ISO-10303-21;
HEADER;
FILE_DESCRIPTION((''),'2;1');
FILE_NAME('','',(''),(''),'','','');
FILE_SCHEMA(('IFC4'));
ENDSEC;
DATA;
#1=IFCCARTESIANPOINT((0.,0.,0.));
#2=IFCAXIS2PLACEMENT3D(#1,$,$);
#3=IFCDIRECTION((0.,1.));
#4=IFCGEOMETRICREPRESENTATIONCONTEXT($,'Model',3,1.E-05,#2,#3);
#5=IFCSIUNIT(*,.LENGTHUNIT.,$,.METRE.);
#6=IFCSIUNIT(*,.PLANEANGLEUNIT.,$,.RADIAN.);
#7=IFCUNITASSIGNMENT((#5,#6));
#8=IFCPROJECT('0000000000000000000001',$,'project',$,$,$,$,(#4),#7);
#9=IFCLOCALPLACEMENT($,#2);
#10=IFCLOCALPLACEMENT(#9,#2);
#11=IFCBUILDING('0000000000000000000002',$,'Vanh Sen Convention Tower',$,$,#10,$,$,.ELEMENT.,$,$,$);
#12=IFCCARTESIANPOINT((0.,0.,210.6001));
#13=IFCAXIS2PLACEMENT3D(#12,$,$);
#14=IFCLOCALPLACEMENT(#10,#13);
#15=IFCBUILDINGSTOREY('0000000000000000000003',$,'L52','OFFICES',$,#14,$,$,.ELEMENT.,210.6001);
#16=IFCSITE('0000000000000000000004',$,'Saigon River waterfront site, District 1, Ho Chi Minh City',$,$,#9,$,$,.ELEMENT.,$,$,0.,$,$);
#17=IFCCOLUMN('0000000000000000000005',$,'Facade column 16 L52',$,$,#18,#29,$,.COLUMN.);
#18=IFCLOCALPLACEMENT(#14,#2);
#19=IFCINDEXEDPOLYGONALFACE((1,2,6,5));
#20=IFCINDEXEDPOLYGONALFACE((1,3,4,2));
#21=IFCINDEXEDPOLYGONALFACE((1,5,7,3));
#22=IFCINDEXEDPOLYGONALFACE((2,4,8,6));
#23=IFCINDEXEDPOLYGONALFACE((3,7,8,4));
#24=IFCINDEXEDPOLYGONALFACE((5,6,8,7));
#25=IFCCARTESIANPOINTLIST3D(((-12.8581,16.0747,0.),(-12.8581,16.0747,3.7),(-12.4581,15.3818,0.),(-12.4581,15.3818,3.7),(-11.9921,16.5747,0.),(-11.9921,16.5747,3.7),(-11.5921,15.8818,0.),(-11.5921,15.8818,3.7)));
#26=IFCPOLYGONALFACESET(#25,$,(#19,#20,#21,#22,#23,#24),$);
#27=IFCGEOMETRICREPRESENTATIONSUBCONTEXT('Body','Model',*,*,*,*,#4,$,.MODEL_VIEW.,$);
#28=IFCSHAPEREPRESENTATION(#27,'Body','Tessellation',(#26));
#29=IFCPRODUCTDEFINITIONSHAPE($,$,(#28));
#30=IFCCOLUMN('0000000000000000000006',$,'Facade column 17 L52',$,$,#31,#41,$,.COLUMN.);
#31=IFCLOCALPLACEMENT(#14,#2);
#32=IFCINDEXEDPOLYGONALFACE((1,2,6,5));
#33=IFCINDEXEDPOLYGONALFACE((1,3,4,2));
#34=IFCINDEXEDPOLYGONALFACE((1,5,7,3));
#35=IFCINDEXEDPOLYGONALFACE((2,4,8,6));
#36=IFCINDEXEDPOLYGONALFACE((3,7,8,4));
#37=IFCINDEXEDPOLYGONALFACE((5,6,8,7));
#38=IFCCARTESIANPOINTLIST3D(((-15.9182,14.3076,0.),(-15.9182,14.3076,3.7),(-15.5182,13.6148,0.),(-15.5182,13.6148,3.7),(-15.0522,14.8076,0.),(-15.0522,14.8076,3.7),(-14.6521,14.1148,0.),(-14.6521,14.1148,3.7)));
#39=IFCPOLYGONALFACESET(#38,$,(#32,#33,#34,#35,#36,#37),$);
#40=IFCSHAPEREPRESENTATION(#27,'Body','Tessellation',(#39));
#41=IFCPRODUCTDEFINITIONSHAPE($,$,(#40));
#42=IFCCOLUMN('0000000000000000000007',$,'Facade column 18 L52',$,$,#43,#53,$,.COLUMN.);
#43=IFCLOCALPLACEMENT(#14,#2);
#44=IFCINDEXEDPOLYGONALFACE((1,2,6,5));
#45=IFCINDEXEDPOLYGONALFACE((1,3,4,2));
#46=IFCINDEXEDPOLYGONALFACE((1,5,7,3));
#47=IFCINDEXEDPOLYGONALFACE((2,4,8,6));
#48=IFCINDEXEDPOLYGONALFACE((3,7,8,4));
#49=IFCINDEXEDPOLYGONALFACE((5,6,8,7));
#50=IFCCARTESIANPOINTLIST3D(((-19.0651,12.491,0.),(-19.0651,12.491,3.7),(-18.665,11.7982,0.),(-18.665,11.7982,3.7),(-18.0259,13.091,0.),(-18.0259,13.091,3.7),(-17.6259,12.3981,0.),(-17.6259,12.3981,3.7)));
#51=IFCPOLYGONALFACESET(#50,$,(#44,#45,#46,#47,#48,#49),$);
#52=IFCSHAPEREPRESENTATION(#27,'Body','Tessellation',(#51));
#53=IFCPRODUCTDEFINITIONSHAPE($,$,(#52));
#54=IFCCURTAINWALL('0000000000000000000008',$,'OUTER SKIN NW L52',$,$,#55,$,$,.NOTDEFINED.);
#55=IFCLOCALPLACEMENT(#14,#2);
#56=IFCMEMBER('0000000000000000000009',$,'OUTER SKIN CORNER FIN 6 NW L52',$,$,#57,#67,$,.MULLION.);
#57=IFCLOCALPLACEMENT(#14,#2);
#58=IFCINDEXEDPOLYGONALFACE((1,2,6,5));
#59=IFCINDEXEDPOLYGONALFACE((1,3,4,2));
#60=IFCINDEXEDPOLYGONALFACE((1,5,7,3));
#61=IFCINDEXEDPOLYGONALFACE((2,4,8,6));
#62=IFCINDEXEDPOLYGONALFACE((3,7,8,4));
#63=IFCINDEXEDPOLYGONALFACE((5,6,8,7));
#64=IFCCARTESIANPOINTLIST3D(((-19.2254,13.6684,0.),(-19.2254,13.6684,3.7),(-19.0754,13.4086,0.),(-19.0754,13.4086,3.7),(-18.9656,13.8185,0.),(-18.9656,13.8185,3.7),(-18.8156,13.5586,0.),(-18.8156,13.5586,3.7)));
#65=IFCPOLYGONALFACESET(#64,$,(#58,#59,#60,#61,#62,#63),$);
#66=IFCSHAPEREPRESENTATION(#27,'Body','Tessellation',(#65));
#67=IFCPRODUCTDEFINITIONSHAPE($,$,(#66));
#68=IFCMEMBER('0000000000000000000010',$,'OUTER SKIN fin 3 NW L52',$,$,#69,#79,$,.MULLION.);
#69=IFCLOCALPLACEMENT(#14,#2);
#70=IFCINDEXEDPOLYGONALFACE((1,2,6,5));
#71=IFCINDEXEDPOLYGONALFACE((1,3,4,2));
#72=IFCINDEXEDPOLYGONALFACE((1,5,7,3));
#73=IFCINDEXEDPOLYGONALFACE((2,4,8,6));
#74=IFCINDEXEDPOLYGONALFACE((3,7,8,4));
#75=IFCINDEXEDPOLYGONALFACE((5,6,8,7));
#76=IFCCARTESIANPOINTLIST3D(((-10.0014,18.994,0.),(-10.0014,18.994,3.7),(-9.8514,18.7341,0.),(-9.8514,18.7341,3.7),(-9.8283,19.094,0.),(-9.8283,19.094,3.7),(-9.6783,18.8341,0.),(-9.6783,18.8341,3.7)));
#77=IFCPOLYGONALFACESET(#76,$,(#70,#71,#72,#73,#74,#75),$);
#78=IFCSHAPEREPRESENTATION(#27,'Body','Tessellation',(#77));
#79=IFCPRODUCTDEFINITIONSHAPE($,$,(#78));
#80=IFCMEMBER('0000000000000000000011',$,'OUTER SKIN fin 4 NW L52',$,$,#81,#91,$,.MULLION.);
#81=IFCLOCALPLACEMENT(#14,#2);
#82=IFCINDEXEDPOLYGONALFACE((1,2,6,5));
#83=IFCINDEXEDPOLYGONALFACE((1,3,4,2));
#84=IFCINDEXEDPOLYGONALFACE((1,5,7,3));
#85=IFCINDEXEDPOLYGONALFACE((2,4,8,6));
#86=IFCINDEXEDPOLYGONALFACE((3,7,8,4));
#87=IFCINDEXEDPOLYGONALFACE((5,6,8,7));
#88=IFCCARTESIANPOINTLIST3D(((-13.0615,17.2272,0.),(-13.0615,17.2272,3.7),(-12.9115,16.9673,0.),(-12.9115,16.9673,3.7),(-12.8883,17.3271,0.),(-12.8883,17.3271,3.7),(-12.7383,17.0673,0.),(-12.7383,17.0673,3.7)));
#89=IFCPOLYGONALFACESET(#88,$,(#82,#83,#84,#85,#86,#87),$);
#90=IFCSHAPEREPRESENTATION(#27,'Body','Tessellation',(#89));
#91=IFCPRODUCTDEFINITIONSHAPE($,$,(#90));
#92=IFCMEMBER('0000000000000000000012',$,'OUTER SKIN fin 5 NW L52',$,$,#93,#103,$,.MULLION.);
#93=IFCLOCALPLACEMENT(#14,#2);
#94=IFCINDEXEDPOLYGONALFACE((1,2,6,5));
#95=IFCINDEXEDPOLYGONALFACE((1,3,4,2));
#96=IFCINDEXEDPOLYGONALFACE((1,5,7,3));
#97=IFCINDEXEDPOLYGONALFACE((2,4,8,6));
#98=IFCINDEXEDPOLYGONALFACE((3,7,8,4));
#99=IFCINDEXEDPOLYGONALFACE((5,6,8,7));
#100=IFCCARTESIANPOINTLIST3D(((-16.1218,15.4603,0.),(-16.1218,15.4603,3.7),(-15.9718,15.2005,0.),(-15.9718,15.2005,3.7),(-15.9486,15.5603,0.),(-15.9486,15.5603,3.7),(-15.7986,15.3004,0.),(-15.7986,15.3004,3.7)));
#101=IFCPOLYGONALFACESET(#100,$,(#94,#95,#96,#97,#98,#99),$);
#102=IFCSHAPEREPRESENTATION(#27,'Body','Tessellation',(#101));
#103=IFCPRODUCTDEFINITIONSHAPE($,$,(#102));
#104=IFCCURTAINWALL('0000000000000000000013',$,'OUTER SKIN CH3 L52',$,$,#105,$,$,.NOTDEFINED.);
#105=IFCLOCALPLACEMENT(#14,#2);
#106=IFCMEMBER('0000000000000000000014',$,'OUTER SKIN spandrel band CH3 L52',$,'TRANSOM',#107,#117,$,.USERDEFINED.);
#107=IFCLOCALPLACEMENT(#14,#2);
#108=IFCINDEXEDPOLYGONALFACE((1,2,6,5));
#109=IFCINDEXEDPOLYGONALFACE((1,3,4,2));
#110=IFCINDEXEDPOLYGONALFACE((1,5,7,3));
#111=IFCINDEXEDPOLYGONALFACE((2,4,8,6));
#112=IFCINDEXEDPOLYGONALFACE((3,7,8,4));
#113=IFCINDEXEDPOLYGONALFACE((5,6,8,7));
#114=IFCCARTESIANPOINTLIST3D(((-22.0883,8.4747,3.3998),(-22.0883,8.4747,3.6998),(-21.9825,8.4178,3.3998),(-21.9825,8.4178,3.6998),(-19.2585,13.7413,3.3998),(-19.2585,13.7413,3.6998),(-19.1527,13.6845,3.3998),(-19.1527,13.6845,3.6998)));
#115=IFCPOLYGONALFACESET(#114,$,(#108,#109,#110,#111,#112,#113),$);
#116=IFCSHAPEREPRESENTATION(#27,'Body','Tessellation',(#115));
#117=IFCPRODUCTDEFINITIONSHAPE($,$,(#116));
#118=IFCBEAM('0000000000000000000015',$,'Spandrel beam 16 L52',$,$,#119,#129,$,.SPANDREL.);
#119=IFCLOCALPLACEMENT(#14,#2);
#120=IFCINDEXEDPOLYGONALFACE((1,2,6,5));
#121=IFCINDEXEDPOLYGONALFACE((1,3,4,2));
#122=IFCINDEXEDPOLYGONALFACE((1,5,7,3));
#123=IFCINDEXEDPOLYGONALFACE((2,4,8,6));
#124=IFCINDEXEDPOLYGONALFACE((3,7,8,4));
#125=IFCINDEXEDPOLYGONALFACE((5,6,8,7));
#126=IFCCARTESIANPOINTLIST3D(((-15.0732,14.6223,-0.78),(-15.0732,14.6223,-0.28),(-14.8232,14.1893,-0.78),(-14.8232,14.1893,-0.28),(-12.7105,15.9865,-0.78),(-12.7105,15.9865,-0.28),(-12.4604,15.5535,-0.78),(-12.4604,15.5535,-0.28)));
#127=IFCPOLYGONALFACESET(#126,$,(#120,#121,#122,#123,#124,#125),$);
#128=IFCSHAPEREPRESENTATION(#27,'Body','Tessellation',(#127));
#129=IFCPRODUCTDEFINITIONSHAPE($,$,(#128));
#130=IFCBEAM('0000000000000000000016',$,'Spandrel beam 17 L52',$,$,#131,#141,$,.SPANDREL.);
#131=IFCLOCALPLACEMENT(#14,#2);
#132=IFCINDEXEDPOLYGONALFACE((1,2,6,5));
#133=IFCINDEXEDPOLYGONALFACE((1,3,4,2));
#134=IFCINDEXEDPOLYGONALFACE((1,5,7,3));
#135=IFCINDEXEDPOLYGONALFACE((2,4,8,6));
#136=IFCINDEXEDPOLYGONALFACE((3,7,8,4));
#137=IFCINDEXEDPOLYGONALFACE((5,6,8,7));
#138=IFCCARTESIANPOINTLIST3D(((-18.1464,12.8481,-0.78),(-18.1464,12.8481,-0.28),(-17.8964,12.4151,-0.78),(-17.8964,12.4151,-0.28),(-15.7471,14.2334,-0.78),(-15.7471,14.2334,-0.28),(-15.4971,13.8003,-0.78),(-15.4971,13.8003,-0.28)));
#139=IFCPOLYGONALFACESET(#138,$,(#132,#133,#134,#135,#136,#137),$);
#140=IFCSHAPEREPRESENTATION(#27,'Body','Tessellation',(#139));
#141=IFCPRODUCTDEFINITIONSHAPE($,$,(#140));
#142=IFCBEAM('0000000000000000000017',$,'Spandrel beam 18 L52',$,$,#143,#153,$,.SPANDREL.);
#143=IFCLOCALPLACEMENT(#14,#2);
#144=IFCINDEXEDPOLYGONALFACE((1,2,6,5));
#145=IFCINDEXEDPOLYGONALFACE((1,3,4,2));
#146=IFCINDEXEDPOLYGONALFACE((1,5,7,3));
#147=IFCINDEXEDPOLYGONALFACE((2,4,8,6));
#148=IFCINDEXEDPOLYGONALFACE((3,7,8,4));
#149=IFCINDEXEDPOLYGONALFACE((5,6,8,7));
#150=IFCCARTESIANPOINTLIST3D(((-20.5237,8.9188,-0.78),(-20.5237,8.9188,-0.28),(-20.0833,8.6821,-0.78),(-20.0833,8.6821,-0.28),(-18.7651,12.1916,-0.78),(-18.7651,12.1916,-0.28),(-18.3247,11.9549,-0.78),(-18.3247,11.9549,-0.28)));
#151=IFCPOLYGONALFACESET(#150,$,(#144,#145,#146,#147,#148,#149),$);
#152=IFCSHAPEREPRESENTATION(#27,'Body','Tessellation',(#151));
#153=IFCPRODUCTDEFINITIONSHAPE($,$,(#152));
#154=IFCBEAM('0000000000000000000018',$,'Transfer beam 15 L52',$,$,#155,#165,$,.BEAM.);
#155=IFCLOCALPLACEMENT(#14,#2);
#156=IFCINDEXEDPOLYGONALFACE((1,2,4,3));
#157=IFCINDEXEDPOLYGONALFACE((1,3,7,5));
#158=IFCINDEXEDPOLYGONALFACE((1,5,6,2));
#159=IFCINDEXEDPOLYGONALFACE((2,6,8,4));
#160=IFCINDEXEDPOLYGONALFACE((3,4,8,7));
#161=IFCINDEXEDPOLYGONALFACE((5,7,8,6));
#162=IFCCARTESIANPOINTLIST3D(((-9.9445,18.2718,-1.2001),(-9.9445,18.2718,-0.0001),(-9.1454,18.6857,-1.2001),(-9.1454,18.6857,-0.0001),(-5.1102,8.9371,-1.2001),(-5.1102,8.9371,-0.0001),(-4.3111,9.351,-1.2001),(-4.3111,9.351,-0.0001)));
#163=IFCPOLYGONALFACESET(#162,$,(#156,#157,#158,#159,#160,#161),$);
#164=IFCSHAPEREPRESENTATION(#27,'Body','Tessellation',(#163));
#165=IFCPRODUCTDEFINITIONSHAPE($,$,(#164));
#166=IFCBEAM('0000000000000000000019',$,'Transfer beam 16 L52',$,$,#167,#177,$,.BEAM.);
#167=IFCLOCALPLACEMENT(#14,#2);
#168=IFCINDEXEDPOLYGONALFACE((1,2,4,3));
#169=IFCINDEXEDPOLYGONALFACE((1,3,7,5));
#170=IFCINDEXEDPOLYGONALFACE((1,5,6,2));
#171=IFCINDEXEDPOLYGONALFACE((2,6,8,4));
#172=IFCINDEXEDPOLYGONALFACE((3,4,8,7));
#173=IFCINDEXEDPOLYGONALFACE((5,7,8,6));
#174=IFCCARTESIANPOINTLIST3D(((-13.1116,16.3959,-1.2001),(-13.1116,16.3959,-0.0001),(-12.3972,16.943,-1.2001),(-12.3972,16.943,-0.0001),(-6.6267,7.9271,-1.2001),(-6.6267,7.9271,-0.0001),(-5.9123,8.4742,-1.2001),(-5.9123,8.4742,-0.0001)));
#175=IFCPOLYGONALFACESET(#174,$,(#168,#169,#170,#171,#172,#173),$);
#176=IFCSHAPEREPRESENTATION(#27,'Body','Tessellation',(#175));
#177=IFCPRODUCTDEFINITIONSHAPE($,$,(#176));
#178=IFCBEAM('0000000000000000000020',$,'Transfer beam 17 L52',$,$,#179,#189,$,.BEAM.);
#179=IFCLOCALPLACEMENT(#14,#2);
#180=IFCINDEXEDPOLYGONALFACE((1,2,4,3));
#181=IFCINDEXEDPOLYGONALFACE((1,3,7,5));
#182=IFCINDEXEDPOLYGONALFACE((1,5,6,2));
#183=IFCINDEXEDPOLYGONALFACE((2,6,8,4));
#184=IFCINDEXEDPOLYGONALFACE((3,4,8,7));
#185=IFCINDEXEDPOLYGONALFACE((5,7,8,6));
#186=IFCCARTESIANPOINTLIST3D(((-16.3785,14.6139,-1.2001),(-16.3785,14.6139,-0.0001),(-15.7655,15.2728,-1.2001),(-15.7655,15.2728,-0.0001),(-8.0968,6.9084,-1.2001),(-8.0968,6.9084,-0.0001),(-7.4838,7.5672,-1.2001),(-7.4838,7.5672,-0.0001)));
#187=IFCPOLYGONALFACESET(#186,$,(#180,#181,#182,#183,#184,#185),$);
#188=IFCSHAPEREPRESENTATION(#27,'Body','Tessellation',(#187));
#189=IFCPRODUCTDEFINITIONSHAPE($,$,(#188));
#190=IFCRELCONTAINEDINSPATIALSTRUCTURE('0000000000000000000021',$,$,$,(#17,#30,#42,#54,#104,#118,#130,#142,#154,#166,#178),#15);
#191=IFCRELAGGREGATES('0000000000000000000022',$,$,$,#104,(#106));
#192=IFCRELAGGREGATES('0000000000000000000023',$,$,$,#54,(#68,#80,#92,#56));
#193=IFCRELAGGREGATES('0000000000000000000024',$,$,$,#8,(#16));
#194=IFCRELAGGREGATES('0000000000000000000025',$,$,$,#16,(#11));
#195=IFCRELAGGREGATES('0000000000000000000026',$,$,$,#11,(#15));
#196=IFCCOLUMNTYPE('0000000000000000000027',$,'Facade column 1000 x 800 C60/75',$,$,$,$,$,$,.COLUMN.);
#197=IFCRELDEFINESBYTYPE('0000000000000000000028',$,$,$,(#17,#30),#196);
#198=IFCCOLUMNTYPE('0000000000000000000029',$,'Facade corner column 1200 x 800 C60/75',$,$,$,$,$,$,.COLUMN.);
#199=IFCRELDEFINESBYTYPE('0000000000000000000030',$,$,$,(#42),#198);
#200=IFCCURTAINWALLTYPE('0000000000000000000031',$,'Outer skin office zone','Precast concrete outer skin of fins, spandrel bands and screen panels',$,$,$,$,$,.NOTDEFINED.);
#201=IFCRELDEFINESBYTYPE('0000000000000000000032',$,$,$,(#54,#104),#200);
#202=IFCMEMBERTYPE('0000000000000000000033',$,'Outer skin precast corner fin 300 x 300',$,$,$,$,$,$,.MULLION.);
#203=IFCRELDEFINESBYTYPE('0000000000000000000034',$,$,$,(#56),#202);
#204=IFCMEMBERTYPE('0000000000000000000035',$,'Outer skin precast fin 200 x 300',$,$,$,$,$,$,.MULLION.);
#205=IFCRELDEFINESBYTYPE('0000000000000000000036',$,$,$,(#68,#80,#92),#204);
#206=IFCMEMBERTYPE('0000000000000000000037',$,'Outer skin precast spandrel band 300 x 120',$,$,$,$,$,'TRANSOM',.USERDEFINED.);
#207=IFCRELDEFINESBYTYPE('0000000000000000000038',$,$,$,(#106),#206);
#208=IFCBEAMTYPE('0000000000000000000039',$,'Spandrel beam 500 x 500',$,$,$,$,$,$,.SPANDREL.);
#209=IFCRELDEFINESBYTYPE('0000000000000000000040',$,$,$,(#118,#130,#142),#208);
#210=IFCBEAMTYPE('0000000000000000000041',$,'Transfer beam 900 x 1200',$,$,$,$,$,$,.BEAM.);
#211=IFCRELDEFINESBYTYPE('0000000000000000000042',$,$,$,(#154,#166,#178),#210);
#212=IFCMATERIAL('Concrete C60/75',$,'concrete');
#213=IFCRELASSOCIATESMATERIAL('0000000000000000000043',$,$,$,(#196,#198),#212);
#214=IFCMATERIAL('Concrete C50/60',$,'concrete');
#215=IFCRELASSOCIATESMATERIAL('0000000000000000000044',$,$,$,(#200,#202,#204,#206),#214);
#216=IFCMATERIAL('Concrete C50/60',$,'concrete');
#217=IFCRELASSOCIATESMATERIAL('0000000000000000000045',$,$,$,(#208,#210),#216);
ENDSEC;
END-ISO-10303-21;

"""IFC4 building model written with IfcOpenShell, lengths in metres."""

from ifc_helpers import new_model, si_unit, direction, frame, origin, origin_2d, place, context, subcontext, project, spatial, rectangle, extrude, material, material_profile, profile_set, type_object, element, aggregate, save


model = new_model("IFC4")

# Units and contexts
model_context = context("Model", 3, precision=1e-05, world=origin(), true_north=direction((0.0, 1.0)))
body_context = subcontext(model_context, "Body", "Model", "MODEL_VIEW")
ifc_project = project(units=[si_unit("LENGTHUNIT", "METRE"), si_unit("PLANEANGLEUNIT", "RADIAN")], contexts=[model_context])

# Site, building, storey
site_placement = place(None, origin())
site = spatial("IfcSite", under=ifc_project, at=site_placement, Name="Saigon River waterfront site, District 1, Ho Chi Minh City", CompositionType="ELEMENT", RefElevation=0.0)
building_placement = place(site_placement, origin())
building = spatial("IfcBuilding", under=site, at=building_placement, Name="Vanh Sen Convention Tower", CompositionType="ELEMENT")
storey_placement = place(building_placement, frame((0.0, 0.0, 210.6001)))
storey = spatial("IfcBuildingStorey", under=building, at=storey_placement, Name="L52", Description="OFFICES", CompositionType="ELEMENT", Elevation=210.6001)

# Columns
ifc_material_1 = material(Name="Concrete C60/75", Category="concrete")
ifc_material_profile_1 = material_profile(ifc_material_1, rectangle(XDim=1.0, YDim=0.8, at=origin_2d()), Name="RC 1000X800")
ifc_profile_set_1 = profile_set([ifc_material_profile_1], Name="Concrete C60/75")
column_type_1 = type_object("IfcColumnType", Name="Facade column 1000 x 800 C60/75", PredefinedType="COLUMN", material=ifc_profile_set_1)
for number, where, z_axis, x_axis, name in (
    (1, (-12.2251, 15.9783, 0.0), (0.0, 0.0, 1.0), (-0.866025, -0.5, 0.0), "Facade column 16 L52"),
    (2, (-15.2852, 14.2112, 0.0), (0.0, 0.0, 1.0), (-0.866025, -0.5, 0.0), "Facade column 17 L52"),
):
    element("IfcColumn", number, at=place(storey_placement, frame(where, z_axis=z_axis, x_axis=x_axis)), inside=storey, type_object=column_type_1, Name=name, PredefinedType="COLUMN", context=body_context, shape_type="SweptSolid", body=[
        extrude(rectangle(XDim=1.0, YDim=0.8, at=origin_2d()), origin(), (0.0, 0.0, 1.0), 3.7),
    ])
ifc_material_profile_2 = material_profile(ifc_material_1, rectangle(XDim=1.2, YDim=0.8, at=origin_2d()), Name="RC 1200X800")
ifc_profile_set_2 = profile_set([ifc_material_profile_2], Name="Concrete C60/75")
column_type_2 = type_object("IfcColumnType", Name="Facade corner column 1200 x 800 C60/75", PredefinedType="COLUMN", material=ifc_profile_set_2)
column_placement = place(storey_placement, frame((-18.3455, 12.4446, 0.0), z_axis=(0.0, 0.0, 1.0), x_axis=(-0.866025, -0.5, 0.0)))
element("IfcColumn", 3, at=column_placement, inside=storey, type_object=column_type_2, Name="Facade column 18 L52", PredefinedType="COLUMN", context=body_context, shape_type="SweptSolid", body=[
    extrude(rectangle(XDim=1.2, YDim=0.8, at=origin_2d()), origin(), (0.0, 0.0, 1.0), 3.7),
])

# Curtain wall, members
ifc_material_2 = material(Name="Concrete C50/60", Category="concrete")
curtain_wall_type = type_object("IfcCurtainWallType", Name="Outer skin office zone", Description="Precast concrete outer skin of fins, spandrel bands and screen panels", PredefinedType="NOTDEFINED", material=ifc_material_2)
curtain_wall_1_placement = place(storey_placement, origin())
curtain_wall_1 = element("IfcCurtainWall", 4, at=curtain_wall_1_placement, inside=storey, type_object=curtain_wall_type, Name="OUTER SKIN NW L52", PredefinedType="NOTDEFINED")
ifc_material_profile_3 = material_profile(ifc_material_2, rectangle(XDim=0.3, YDim=0.3, at=origin_2d()), Name="Outer skin precast corner fin 300 x 300")
ifc_profile_set_3 = profile_set([ifc_material_profile_3], Name="Concrete C50/60")
member_type_1 = type_object("IfcMemberType", Name="Outer skin precast corner fin 300 x 300", PredefinedType="MULLION", material=ifc_profile_set_3)
member_1_placement = place(storey_placement, frame((-19.0205, 13.6135, 0.0), z_axis=(0.0, 0.0, 1.0), x_axis=(-0.866025, -0.5, 0.0)))
member_1 = element("IfcMember", 5, at=member_1_placement, type_object=member_type_1, Name="OUTER SKIN CORNER FIN 6 NW L52", PredefinedType="MULLION", context=body_context, shape_type="SweptSolid", body=[
    extrude(rectangle(XDim=0.3, YDim=0.3, at=origin_2d()), origin(), (0.0, 0.0, 1.0), 3.7),
])
ifc_material_profile_4 = material_profile(ifc_material_2, rectangle(XDim=0.2, YDim=0.3, at=origin_2d()), Name="Outer skin precast fin 200 x 300")
ifc_profile_set_4 = profile_set([ifc_material_profile_4], Name="Concrete C50/60")
member_type_2 = type_object("IfcMemberType", Name="Outer skin precast fin 200 x 300", PredefinedType="MULLION", material=ifc_profile_set_4)
member_2_placement = place(storey_placement, frame((-9.8398, 18.9141, 0.0), z_axis=(0.0, 0.0, 1.0), x_axis=(-0.866025, -0.5, 0.0)))
member_2 = element("IfcMember", 6, at=member_2_placement, type_object=member_type_2, Name="OUTER SKIN fin 3 NW L52", PredefinedType="MULLION", context=body_context, shape_type="SweptSolid", body=[
    extrude(rectangle(XDim=0.2, YDim=0.3, at=origin_2d()), origin(), (0.0, 0.0, 1.0), 3.7),
])
member_3_placement = place(storey_placement, frame((-12.8999, 17.1472, 0.0), z_axis=(0.0, 0.0, 1.0), x_axis=(-0.866025, -0.5, 0.0)))
member_3 = element("IfcMember", 7, at=member_3_placement, type_object=member_type_2, Name="OUTER SKIN fin 4 NW L52", PredefinedType="MULLION", context=body_context, shape_type="SweptSolid", body=[
    extrude(rectangle(XDim=0.2, YDim=0.3, at=origin_2d()), origin(), (0.0, 0.0, 1.0), 3.7),
])
member_4_placement = place(storey_placement, frame((-15.9602, 15.3804, 0.0), z_axis=(0.0, 0.0, 1.0), x_axis=(-0.866025, -0.5, 0.0)))
member_4 = element("IfcMember", 8, at=member_4_placement, type_object=member_type_2, Name="OUTER SKIN fin 5 NW L52", PredefinedType="MULLION", context=body_context, shape_type="SweptSolid", body=[
    extrude(rectangle(XDim=0.2, YDim=0.3, at=origin_2d()), origin(), (0.0, 0.0, 1.0), 3.7),
])

# Curtain wall, member
curtain_wall_2_placement = place(storey_placement, origin())
curtain_wall_2 = element("IfcCurtainWall", 9, at=curtain_wall_2_placement, inside=storey, type_object=curtain_wall_type, Name="OUTER SKIN CH3 L52", PredefinedType="NOTDEFINED")
ifc_material_profile_5 = material_profile(ifc_material_2, rectangle(XDim=0.1201, YDim=0.3, at=origin_2d()), Name="Outer skin precast spandrel band 300 x 120")
ifc_profile_set_5 = profile_set([ifc_material_profile_5], Name="Concrete C50/60")
member_type_3 = type_object("IfcMemberType", Name="Outer skin precast spandrel band 300 x 120", ElementType="TRANSOM", PredefinedType="USERDEFINED", material=ifc_profile_set_5)
member_5_placement = place(storey_placement, frame((-19.2056, 13.7129, 3.5498), z_axis=(-0.473318, -0.880892, 0.0), x_axis=(0.880892, -0.473318, 0.0)))
member_5 = element("IfcMember", 10, at=member_5_placement, type_object=member_type_3, Name="OUTER SKIN spandrel band CH3 L52", ObjectType="TRANSOM", PredefinedType="USERDEFINED", context=body_context, shape_type="SweptSolid", body=[
    extrude(rectangle(XDim=0.1201, YDim=0.3, at=origin_2d()), origin(), (0.0, 0.0, 1.0), 5.9788),
])
aggregate(curtain_wall_2, [member_5])

# Beams
ifc_material_3 = material(Name="Concrete C50/60", Category="concrete")
ifc_material_profile_6 = material_profile(ifc_material_3, rectangle(XDim=0.5, YDim=0.5, at=origin_2d()), Name="RC 500X500")
ifc_profile_set_6 = profile_set([ifc_material_profile_6], Name="Concrete C50/60")
beam_type_1 = type_object("IfcBeamType", Name="Spandrel beam 500 x 500", PredefinedType="SPANDREL", material=ifc_profile_set_6)
beam_1_placement = place(storey_placement, frame((-12.5854, 15.77, -0.53), z_axis=(-0.86601, -0.500027, 0.0), x_axis=(0.500027, -0.86601, 0.0)))
element("IfcBeam", 11, at=beam_1_placement, inside=storey, type_object=beam_type_1, Name="Spandrel beam 16 L52", PredefinedType="SPANDREL", context=body_context, shape_type="SweptSolid", body=[
    extrude(rectangle(XDim=0.5, YDim=0.5, at=origin_2d()), origin(), (0.0, 0.0, 1.0), 2.7283),
])
beam_2_placement = place(storey_placement, frame((-15.6221, 14.0168, -0.53), z_axis=(-0.866033, -0.499987, 0.0), x_axis=(0.499987, -0.866033, 0.0)))
element("IfcBeam", 12, at=beam_2_placement, inside=storey, type_object=beam_type_1, Name="Spandrel beam 17 L52", PredefinedType="SPANDREL", context=body_context, shape_type="SweptSolid", body=[
    extrude(rectangle(XDim=0.5, YDim=0.5, at=origin_2d()), origin(), (0.0, 0.0, 1.0), 2.7705),
])
beam_3_placement = place(storey_placement, frame((-18.5449, 12.0732, -0.53), z_axis=(-0.473332, -0.880884, 0.0), x_axis=(0.880884, -0.473332, 0.0)))
element("IfcBeam", 13, at=beam_3_placement, inside=storey, type_object=beam_type_1, Name="Spandrel beam 18 L52", PredefinedType="SPANDREL", context=body_context, shape_type="SweptSolid", body=[
    extrude(rectangle(XDim=0.5, YDim=0.5, at=origin_2d()), origin(), (0.0, 0.0, 1.0), 3.7153),
])
ifc_material_profile_7 = material_profile(ifc_material_3, rectangle(XDim=0.8999, YDim=1.2, at=origin_2d()), Name="RC 900X1200")
ifc_profile_set_7 = profile_set([ifc_material_profile_7], Name="Concrete C50/60")
beam_type_2 = type_object("IfcBeamType", Name="Transfer beam 900 x 1200", PredefinedType="BEAM", material=ifc_profile_set_7)
beam_4_placement = place(storey_placement, frame((-9.5449, 18.4788, -0.6001), z_axis=(0.459868, -0.887987, 0.0), x_axis=(0.887987, 0.459868, 0.0)))
element("IfcBeam", 14, at=beam_4_placement, inside=storey, type_object=beam_type_2, Name="Transfer beam 15 L52", PredefinedType="BEAM", context=body_context, shape_type="SweptSolid", body=[
    extrude(rectangle(XDim=0.8999, YDim=1.2, at=origin_2d()), origin(), (0.0, 0.0, 1.0), 10.5122),
])
beam_5_placement = place(storey_placement, frame((-12.7544, 16.6694, -0.6001), z_axis=(0.607968, -0.793961, 0.0), x_axis=(0.793961, 0.607968, 0.0)))
element("IfcBeam", 15, at=beam_5_placement, inside=storey, type_object=beam_type_2, Name="Transfer beam 16 L52", PredefinedType="BEAM", context=body_context, shape_type="SweptSolid", body=[
    extrude(rectangle(XDim=0.8999, YDim=1.2, at=origin_2d()), origin(), (0.0, 0.0, 1.0), 10.6665),
])
beam_6_placement = place(storey_placement, frame((-16.072, 14.9434, -0.6001), z_axis=(0.732115, -0.681181, 0.0), x_axis=(0.681181, 0.732115, 0.0)))
element("IfcBeam", 16, at=beam_6_placement, inside=storey, type_object=beam_type_2, Name="Transfer beam 17 L52", PredefinedType="BEAM", context=body_context, shape_type="SweptSolid", body=[
    extrude(rectangle(XDim=0.8999, YDim=1.2, at=origin_2d()), origin(), (0.0, 0.0, 1.0), 11.312),
])

aggregate(curtain_wall_1, [member_2, member_3, member_4, member_1])

save(model, "model.ifc")
